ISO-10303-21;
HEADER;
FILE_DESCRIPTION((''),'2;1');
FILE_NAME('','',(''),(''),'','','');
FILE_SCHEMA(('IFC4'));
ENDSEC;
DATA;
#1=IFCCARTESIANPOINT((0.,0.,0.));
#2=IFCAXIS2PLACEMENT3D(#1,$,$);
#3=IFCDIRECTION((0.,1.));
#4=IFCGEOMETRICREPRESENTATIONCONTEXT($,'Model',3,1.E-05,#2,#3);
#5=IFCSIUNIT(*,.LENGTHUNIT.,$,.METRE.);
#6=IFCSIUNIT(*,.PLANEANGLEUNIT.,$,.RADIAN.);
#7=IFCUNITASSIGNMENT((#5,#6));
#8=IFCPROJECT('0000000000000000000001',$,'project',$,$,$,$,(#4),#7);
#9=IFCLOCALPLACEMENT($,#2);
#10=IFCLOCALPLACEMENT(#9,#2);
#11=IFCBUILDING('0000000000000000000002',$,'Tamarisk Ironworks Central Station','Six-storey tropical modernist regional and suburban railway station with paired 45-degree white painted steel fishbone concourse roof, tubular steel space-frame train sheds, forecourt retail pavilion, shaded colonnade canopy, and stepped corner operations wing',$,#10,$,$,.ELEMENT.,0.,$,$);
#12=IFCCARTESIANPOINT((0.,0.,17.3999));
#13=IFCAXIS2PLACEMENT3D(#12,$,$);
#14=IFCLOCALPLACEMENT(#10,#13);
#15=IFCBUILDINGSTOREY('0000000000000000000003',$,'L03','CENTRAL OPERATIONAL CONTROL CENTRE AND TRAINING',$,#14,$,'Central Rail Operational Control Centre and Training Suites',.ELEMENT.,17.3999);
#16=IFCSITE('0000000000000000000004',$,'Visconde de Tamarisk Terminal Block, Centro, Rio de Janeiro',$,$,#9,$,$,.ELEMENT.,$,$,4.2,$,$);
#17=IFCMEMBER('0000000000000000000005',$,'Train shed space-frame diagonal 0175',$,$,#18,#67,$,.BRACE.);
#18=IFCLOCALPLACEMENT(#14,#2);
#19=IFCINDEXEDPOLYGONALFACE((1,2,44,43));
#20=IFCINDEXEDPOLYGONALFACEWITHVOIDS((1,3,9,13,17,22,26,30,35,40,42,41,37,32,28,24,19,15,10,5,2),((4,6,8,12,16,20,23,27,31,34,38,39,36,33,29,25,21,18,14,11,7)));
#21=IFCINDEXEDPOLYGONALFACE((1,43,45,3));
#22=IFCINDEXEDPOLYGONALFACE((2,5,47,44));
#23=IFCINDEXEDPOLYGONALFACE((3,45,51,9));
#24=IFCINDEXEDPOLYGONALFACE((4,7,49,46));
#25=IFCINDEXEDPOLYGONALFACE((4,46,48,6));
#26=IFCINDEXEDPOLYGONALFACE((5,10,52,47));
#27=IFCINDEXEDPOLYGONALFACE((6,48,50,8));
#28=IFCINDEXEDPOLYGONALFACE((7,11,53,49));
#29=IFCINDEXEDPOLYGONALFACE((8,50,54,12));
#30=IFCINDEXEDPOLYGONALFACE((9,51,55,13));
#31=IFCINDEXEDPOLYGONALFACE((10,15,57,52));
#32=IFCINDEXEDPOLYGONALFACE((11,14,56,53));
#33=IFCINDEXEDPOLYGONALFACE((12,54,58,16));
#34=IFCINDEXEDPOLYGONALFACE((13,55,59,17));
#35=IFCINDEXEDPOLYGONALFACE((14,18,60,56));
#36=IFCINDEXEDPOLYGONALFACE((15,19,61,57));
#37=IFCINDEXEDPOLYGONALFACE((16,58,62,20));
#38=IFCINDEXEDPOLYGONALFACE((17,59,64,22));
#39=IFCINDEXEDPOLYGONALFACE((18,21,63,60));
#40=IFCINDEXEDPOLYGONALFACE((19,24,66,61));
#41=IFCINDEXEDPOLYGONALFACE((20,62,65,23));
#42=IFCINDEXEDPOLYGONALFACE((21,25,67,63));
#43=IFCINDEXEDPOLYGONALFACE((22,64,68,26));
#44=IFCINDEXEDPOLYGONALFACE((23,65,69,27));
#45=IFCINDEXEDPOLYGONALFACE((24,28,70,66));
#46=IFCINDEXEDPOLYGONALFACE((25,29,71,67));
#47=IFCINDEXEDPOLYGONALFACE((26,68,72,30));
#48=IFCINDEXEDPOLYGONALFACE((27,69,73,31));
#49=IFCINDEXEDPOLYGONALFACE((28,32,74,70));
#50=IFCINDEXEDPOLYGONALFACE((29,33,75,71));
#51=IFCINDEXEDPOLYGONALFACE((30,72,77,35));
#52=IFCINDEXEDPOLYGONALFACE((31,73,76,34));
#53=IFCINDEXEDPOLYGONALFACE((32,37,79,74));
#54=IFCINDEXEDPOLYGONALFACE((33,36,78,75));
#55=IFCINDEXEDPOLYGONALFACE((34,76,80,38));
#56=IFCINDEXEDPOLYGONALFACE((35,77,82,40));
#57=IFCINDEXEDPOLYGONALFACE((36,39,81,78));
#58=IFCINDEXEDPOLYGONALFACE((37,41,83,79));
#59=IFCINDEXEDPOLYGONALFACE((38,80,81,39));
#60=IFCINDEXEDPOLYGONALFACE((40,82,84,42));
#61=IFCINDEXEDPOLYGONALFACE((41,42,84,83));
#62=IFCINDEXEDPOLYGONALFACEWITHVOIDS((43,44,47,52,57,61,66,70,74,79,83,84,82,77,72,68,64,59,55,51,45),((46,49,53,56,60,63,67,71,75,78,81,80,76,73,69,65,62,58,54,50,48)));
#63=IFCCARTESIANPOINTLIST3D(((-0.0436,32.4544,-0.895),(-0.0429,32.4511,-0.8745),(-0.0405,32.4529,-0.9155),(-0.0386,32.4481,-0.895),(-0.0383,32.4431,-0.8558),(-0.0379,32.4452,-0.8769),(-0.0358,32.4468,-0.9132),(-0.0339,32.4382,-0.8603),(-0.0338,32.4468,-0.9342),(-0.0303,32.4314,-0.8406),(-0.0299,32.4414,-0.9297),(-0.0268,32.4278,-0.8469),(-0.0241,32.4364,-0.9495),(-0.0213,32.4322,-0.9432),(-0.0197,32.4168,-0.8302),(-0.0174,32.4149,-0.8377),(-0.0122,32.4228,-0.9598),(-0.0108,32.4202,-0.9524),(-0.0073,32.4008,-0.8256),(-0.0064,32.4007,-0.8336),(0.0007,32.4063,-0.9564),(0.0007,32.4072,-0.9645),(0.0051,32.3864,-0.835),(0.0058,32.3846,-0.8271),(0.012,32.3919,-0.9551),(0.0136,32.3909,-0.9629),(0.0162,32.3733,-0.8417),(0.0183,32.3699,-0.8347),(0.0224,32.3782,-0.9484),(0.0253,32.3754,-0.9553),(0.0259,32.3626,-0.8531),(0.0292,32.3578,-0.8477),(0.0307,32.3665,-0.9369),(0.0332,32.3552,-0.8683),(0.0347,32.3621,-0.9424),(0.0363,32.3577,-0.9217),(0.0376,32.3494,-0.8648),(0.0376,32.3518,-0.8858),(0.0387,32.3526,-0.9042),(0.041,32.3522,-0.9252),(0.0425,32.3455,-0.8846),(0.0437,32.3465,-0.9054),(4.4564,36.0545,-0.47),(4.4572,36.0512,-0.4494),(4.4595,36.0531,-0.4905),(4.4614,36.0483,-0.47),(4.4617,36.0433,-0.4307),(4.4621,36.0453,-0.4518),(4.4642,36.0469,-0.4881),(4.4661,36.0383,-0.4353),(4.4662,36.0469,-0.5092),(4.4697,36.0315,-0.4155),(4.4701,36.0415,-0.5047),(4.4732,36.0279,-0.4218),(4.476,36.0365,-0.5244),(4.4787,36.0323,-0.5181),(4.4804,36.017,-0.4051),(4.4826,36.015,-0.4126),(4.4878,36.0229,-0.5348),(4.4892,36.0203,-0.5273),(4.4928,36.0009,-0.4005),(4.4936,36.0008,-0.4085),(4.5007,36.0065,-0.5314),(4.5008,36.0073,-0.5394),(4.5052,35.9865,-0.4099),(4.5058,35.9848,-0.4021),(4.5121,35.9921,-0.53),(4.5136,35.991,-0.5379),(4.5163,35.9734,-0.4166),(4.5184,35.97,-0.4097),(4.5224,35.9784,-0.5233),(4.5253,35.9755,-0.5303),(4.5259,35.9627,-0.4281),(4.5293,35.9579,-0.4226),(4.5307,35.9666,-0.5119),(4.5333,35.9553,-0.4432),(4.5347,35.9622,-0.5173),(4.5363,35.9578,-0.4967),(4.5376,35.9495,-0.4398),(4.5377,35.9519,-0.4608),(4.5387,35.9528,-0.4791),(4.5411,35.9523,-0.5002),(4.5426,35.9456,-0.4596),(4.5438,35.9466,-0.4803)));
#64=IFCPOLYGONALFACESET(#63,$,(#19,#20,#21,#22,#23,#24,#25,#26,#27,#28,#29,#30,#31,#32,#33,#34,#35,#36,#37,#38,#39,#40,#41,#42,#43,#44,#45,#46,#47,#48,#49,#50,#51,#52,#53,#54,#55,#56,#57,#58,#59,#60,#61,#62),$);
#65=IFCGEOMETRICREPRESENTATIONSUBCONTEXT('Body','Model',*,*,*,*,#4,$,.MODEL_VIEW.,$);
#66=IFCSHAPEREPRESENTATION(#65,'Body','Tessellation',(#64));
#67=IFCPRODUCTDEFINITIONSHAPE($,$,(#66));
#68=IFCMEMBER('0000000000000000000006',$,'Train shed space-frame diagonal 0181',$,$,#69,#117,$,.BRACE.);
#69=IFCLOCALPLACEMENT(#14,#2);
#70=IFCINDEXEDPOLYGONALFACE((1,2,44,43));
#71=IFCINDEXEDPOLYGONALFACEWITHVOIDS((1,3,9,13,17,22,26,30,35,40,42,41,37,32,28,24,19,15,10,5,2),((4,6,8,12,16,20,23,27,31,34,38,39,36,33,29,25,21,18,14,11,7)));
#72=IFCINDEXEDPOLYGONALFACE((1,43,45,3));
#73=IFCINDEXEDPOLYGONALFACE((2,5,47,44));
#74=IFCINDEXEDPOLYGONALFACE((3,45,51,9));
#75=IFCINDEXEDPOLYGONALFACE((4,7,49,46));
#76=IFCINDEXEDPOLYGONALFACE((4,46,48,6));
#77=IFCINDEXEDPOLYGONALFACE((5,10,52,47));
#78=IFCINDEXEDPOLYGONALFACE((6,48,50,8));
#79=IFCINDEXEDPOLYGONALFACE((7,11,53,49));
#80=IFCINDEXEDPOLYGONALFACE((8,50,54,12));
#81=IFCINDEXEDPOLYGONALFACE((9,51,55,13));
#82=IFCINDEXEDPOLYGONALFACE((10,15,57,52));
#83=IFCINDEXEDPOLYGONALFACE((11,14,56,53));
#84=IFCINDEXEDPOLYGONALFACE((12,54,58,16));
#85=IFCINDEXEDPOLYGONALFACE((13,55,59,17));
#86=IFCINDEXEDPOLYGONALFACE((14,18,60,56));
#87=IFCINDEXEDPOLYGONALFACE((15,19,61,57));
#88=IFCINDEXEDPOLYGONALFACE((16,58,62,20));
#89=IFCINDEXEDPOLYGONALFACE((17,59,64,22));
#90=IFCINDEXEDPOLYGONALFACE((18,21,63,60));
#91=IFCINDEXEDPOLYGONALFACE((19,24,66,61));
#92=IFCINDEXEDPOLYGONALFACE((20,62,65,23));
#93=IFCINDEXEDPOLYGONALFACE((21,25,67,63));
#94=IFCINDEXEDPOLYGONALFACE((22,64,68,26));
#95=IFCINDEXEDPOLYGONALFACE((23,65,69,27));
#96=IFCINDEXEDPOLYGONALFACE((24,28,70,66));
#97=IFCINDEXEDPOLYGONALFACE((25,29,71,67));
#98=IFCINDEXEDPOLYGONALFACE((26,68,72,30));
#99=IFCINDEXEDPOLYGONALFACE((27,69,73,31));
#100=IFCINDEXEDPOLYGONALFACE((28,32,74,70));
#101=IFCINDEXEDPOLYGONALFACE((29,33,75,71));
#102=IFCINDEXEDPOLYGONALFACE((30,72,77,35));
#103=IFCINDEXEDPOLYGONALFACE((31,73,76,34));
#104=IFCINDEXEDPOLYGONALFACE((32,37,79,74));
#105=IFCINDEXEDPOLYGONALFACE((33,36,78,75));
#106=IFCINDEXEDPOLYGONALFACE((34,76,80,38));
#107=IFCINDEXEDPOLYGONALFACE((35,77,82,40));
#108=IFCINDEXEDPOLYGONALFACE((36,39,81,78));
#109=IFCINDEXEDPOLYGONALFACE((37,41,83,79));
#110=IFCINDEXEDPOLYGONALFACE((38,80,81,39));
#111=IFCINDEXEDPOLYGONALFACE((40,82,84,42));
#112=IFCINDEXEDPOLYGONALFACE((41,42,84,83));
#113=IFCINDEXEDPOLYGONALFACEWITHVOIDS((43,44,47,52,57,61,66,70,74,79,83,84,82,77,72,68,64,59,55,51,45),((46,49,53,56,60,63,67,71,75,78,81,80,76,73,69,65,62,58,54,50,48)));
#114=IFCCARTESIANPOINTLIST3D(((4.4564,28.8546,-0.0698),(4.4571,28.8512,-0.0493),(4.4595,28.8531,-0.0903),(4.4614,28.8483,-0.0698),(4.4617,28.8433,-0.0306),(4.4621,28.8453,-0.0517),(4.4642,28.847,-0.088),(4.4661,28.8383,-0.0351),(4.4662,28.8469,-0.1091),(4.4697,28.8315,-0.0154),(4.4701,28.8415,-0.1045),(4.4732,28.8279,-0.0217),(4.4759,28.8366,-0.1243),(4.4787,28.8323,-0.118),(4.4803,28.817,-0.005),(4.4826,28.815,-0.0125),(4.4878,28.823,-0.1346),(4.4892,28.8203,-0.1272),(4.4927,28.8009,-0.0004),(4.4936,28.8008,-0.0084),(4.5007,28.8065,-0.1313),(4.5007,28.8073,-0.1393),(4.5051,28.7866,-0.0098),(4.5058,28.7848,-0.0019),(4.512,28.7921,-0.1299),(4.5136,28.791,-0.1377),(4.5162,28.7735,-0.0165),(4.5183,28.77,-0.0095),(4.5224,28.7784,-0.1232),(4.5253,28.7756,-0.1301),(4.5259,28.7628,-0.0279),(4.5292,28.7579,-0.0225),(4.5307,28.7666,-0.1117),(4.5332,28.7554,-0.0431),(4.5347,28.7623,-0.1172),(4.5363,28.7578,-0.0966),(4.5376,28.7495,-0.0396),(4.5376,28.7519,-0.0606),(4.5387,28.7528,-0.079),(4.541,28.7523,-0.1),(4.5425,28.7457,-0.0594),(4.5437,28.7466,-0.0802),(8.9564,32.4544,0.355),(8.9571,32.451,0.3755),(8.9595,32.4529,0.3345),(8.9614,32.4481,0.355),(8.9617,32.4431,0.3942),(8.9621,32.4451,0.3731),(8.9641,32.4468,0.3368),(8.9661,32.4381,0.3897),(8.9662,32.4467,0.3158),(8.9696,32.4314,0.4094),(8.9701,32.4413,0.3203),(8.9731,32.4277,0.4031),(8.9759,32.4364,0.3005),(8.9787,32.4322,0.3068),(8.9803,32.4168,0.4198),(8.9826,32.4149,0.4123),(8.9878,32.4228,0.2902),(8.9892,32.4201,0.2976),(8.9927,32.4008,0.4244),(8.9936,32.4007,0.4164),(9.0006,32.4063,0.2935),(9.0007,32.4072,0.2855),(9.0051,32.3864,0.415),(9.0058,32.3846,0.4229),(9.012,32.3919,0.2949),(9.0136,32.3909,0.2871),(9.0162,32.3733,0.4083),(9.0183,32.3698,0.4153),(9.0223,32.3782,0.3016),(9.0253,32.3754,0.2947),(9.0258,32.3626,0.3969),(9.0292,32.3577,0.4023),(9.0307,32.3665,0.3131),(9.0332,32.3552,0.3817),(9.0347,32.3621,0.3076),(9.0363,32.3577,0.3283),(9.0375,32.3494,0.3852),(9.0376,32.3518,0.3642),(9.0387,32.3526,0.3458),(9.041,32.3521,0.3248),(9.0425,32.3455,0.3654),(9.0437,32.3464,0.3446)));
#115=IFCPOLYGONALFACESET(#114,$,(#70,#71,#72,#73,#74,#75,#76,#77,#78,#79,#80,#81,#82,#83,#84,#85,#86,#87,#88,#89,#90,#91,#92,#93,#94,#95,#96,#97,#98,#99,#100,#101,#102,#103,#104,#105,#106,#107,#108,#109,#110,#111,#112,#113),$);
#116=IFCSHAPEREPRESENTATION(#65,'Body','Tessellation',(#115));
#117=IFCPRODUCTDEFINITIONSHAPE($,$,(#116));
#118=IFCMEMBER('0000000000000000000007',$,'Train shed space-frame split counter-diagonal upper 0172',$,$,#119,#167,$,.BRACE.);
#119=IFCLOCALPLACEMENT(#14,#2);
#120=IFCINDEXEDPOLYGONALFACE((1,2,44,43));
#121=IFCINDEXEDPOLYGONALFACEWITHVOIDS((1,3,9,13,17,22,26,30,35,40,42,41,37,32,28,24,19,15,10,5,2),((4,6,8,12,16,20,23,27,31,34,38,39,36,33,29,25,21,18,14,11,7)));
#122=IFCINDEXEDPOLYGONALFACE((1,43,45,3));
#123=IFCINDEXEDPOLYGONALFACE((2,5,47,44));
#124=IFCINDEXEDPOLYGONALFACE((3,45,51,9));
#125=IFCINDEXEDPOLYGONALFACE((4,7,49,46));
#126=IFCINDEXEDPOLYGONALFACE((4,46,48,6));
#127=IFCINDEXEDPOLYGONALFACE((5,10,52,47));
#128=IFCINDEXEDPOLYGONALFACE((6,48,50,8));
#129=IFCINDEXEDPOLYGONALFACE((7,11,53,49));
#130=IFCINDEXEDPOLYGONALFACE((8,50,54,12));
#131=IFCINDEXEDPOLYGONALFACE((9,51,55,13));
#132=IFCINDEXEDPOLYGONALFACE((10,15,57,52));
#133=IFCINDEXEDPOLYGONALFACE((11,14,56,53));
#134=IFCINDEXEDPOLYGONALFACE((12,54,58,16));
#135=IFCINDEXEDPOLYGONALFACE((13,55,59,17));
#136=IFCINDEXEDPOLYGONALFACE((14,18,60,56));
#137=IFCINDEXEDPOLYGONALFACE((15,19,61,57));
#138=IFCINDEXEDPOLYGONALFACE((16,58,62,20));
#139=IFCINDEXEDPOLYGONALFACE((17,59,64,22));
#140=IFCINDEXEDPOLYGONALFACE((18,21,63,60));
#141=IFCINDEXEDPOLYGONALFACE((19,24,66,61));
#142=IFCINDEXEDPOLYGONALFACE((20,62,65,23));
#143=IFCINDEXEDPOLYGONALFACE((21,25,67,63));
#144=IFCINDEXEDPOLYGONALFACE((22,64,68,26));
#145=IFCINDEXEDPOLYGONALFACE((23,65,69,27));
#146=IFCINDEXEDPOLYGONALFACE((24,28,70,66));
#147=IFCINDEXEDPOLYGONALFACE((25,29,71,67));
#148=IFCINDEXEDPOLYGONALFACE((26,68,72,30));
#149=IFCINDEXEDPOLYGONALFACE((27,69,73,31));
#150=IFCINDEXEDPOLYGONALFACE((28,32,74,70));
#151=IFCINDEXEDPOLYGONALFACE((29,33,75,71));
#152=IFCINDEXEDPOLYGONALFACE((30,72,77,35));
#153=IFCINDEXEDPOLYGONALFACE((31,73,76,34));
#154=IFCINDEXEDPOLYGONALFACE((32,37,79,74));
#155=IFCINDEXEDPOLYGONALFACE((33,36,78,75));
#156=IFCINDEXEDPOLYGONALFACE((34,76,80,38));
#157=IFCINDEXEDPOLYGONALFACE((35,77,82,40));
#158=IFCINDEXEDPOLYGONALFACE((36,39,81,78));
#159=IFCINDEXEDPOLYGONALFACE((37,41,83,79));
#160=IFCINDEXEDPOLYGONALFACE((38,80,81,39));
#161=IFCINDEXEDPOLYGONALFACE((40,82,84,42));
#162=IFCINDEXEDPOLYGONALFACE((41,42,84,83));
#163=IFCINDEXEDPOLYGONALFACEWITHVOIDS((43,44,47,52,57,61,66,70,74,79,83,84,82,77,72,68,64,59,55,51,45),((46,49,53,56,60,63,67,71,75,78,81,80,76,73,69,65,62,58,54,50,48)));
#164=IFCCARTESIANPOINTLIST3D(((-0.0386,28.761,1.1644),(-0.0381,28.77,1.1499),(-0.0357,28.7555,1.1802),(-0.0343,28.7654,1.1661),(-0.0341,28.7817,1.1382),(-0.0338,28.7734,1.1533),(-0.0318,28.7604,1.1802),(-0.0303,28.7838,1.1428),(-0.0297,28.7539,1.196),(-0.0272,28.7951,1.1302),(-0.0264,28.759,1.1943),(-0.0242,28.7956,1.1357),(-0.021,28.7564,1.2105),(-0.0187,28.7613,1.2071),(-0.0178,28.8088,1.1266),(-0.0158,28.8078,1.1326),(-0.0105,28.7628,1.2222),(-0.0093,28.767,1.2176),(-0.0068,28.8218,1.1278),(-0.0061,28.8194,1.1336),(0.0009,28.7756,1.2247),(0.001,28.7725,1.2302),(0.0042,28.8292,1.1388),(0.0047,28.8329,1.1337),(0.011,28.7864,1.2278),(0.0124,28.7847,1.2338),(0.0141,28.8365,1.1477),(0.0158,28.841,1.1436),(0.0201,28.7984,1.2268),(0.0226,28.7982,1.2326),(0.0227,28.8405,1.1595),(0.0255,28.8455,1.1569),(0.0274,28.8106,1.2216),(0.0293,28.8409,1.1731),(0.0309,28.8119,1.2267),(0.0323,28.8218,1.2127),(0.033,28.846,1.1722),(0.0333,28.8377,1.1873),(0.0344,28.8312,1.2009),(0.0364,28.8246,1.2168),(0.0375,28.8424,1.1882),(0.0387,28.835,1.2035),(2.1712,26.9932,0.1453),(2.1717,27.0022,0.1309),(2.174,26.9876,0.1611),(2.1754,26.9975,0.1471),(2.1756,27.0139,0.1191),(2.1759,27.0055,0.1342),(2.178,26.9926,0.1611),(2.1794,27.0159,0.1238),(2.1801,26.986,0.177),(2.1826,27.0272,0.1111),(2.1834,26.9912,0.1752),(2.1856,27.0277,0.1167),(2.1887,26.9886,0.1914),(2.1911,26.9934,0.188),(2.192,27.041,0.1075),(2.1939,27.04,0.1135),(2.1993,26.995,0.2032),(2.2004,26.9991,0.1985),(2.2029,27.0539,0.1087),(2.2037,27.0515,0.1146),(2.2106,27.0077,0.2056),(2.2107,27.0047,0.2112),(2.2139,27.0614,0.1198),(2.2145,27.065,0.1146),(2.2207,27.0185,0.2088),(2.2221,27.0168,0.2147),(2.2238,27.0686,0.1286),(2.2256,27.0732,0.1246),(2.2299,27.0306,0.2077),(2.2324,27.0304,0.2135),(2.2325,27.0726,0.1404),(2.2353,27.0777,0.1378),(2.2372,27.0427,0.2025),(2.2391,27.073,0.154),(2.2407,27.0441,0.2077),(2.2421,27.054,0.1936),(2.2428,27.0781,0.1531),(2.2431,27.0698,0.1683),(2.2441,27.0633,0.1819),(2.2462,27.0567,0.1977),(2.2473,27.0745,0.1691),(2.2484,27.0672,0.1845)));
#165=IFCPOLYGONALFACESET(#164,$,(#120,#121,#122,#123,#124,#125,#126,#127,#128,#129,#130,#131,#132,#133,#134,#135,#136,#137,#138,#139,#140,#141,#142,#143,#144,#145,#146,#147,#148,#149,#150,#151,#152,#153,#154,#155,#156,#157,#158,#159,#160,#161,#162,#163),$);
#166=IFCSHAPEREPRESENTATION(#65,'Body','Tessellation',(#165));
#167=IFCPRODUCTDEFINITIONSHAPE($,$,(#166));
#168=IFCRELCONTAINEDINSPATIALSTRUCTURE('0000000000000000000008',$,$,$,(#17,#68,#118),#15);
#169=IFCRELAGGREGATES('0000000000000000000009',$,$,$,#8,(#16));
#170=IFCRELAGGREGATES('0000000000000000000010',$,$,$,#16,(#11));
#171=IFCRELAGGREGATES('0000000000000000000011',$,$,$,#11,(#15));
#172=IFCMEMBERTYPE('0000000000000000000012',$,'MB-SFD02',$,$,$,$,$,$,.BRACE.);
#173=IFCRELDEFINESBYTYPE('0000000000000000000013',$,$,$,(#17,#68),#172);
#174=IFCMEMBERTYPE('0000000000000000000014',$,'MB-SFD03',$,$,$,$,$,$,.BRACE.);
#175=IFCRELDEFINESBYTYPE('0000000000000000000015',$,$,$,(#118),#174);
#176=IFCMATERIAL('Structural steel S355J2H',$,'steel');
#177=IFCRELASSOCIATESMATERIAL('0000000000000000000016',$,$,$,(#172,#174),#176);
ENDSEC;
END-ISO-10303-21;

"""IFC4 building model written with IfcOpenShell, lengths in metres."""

from ifc_helpers import new_model, si_unit, direction, frame, origin, origin_2d, place, context, subcontext, project, spatial, hollow_circle, extrude, material, material_profile, profile_set, type_object, element, save


model = new_model("IFC4")

# Units and contexts
model_context = context("Model", 3, precision=1e-05, world=origin(), true_north=direction((0.0, 1.0)))
body_context = subcontext(model_context, "Body", "Model", "MODEL_VIEW")
ifc_project = project(units=[si_unit("LENGTHUNIT", "METRE"), si_unit("PLANEANGLEUNIT", "RADIAN")], contexts=[model_context])

# Site, building, storey
site_placement = place(None, origin())
site = spatial("IfcSite", under=ifc_project, at=site_placement, Name="Visconde de Tamarisk Terminal Block, Centro, Rio de Janeiro", CompositionType="ELEMENT", RefElevation=4.2)
building_placement = place(site_placement, origin())
building = spatial("IfcBuilding", under=site, at=building_placement, Name="Tamarisk Ironworks Central Station", Description="Six-storey tropical modernist regional and suburban railway station with paired 45-degree white painted steel fishbone concourse roof, tubular steel space-frame train sheds, forecourt retail pavilion, shaded colonnade canopy, and stepped corner operations wing", CompositionType="ELEMENT", ElevationOfRefHeight=0.0)
storey_placement = place(building_placement, frame((0.0, 0.0, 17.3999)))
storey = spatial("IfcBuildingStorey", under=building, at=storey_placement, Name="L03", Description="CENTRAL OPERATIONAL CONTROL CENTRE AND TRAINING", LongName="Central Rail Operational Control Centre and Training Suites", CompositionType="ELEMENT", Elevation=17.3999)

# Members
ifc_material_1 = material(Name="Structural steel S355J2H", Category="steel")
ifc_material_profile_1 = material_profile(ifc_material_1, hollow_circle(Radius=0.0698, WallThickness=0.0081, at=origin_2d()), Name="CHS 139.7x8")
ifc_profile_set_1 = profile_set([ifc_material_profile_1], Name="Structural steel S355J2H")
member_type_1 = type_object("IfcMemberType", Name="MB-SFD02", PredefinedType="BRACE", material=ifc_profile_set_1)
member_1_placement = place(storey_placement, frame((0.0, 32.3999, -0.895), z_axis=(0.778745, 0.623013, 0.073557), x_axis=(-0.624705, 0.780861, 0.0)))
element("IfcMember", 1, at=member_1_placement, inside=storey, type_object=member_type_1, Name="Train shed space-frame diagonal 0175", PredefinedType="BRACE", context=body_context, shape_type="SweptSolid", body=[
    extrude(hollow_circle(Radius=0.0698, WallThickness=0.0081, at=origin_2d()), origin(), (0.0, 0.0, 1.0), 5.7786),
])
member_2_placement = place(storey_placement, frame((4.5, 28.8, -0.0698), z_axis=(0.778768, 0.622989, 0.073517), x_axis=(-0.62468, 0.780881, 0.0)))
element("IfcMember", 2, at=member_2_placement, inside=storey, type_object=member_type_1, Name="Train shed space-frame diagonal 0181", PredefinedType="BRACE", context=body_context, shape_type="SweptSolid", body=[
    extrude(hollow_circle(Radius=0.0698, WallThickness=0.0081, at=origin_2d()), origin(), (0.0, 0.0, 1.0), 5.7783),
])
ifc_material_profile_2 = material_profile(ifc_material_1, hollow_circle(Radius=0.0571, WallThickness=0.0063, at=origin_2d()), Name="CHS 114.3x6.3")
ifc_profile_set_2 = profile_set([ifc_material_profile_2], Name="Structural steel S355J2H")
member_type_2 = type_object("IfcMemberType", Name="MB-SFD03", PredefinedType="BRACE", material=ifc_profile_set_2)
member_3_placement = place(storey_placement, frame((2.2097, 27.0322, 0.1611), z_axis=(-0.734677, 0.587758, 0.338807), x_axis=(-0.624706, -0.78086, 0.0)))
element("IfcMember", 3, at=member_3_placement, inside=storey, type_object=member_type_2, Name="Train shed space-frame split counter-diagonal upper 0172", PredefinedType="BRACE", context=body_context, shape_type="SweptSolid", body=[
    extrude(hollow_circle(Radius=0.0571, WallThickness=0.0063, at=origin_2d()), origin(), (0.0, 0.0, 1.0), 3.0078),
])

save(model, "model.ifc")
